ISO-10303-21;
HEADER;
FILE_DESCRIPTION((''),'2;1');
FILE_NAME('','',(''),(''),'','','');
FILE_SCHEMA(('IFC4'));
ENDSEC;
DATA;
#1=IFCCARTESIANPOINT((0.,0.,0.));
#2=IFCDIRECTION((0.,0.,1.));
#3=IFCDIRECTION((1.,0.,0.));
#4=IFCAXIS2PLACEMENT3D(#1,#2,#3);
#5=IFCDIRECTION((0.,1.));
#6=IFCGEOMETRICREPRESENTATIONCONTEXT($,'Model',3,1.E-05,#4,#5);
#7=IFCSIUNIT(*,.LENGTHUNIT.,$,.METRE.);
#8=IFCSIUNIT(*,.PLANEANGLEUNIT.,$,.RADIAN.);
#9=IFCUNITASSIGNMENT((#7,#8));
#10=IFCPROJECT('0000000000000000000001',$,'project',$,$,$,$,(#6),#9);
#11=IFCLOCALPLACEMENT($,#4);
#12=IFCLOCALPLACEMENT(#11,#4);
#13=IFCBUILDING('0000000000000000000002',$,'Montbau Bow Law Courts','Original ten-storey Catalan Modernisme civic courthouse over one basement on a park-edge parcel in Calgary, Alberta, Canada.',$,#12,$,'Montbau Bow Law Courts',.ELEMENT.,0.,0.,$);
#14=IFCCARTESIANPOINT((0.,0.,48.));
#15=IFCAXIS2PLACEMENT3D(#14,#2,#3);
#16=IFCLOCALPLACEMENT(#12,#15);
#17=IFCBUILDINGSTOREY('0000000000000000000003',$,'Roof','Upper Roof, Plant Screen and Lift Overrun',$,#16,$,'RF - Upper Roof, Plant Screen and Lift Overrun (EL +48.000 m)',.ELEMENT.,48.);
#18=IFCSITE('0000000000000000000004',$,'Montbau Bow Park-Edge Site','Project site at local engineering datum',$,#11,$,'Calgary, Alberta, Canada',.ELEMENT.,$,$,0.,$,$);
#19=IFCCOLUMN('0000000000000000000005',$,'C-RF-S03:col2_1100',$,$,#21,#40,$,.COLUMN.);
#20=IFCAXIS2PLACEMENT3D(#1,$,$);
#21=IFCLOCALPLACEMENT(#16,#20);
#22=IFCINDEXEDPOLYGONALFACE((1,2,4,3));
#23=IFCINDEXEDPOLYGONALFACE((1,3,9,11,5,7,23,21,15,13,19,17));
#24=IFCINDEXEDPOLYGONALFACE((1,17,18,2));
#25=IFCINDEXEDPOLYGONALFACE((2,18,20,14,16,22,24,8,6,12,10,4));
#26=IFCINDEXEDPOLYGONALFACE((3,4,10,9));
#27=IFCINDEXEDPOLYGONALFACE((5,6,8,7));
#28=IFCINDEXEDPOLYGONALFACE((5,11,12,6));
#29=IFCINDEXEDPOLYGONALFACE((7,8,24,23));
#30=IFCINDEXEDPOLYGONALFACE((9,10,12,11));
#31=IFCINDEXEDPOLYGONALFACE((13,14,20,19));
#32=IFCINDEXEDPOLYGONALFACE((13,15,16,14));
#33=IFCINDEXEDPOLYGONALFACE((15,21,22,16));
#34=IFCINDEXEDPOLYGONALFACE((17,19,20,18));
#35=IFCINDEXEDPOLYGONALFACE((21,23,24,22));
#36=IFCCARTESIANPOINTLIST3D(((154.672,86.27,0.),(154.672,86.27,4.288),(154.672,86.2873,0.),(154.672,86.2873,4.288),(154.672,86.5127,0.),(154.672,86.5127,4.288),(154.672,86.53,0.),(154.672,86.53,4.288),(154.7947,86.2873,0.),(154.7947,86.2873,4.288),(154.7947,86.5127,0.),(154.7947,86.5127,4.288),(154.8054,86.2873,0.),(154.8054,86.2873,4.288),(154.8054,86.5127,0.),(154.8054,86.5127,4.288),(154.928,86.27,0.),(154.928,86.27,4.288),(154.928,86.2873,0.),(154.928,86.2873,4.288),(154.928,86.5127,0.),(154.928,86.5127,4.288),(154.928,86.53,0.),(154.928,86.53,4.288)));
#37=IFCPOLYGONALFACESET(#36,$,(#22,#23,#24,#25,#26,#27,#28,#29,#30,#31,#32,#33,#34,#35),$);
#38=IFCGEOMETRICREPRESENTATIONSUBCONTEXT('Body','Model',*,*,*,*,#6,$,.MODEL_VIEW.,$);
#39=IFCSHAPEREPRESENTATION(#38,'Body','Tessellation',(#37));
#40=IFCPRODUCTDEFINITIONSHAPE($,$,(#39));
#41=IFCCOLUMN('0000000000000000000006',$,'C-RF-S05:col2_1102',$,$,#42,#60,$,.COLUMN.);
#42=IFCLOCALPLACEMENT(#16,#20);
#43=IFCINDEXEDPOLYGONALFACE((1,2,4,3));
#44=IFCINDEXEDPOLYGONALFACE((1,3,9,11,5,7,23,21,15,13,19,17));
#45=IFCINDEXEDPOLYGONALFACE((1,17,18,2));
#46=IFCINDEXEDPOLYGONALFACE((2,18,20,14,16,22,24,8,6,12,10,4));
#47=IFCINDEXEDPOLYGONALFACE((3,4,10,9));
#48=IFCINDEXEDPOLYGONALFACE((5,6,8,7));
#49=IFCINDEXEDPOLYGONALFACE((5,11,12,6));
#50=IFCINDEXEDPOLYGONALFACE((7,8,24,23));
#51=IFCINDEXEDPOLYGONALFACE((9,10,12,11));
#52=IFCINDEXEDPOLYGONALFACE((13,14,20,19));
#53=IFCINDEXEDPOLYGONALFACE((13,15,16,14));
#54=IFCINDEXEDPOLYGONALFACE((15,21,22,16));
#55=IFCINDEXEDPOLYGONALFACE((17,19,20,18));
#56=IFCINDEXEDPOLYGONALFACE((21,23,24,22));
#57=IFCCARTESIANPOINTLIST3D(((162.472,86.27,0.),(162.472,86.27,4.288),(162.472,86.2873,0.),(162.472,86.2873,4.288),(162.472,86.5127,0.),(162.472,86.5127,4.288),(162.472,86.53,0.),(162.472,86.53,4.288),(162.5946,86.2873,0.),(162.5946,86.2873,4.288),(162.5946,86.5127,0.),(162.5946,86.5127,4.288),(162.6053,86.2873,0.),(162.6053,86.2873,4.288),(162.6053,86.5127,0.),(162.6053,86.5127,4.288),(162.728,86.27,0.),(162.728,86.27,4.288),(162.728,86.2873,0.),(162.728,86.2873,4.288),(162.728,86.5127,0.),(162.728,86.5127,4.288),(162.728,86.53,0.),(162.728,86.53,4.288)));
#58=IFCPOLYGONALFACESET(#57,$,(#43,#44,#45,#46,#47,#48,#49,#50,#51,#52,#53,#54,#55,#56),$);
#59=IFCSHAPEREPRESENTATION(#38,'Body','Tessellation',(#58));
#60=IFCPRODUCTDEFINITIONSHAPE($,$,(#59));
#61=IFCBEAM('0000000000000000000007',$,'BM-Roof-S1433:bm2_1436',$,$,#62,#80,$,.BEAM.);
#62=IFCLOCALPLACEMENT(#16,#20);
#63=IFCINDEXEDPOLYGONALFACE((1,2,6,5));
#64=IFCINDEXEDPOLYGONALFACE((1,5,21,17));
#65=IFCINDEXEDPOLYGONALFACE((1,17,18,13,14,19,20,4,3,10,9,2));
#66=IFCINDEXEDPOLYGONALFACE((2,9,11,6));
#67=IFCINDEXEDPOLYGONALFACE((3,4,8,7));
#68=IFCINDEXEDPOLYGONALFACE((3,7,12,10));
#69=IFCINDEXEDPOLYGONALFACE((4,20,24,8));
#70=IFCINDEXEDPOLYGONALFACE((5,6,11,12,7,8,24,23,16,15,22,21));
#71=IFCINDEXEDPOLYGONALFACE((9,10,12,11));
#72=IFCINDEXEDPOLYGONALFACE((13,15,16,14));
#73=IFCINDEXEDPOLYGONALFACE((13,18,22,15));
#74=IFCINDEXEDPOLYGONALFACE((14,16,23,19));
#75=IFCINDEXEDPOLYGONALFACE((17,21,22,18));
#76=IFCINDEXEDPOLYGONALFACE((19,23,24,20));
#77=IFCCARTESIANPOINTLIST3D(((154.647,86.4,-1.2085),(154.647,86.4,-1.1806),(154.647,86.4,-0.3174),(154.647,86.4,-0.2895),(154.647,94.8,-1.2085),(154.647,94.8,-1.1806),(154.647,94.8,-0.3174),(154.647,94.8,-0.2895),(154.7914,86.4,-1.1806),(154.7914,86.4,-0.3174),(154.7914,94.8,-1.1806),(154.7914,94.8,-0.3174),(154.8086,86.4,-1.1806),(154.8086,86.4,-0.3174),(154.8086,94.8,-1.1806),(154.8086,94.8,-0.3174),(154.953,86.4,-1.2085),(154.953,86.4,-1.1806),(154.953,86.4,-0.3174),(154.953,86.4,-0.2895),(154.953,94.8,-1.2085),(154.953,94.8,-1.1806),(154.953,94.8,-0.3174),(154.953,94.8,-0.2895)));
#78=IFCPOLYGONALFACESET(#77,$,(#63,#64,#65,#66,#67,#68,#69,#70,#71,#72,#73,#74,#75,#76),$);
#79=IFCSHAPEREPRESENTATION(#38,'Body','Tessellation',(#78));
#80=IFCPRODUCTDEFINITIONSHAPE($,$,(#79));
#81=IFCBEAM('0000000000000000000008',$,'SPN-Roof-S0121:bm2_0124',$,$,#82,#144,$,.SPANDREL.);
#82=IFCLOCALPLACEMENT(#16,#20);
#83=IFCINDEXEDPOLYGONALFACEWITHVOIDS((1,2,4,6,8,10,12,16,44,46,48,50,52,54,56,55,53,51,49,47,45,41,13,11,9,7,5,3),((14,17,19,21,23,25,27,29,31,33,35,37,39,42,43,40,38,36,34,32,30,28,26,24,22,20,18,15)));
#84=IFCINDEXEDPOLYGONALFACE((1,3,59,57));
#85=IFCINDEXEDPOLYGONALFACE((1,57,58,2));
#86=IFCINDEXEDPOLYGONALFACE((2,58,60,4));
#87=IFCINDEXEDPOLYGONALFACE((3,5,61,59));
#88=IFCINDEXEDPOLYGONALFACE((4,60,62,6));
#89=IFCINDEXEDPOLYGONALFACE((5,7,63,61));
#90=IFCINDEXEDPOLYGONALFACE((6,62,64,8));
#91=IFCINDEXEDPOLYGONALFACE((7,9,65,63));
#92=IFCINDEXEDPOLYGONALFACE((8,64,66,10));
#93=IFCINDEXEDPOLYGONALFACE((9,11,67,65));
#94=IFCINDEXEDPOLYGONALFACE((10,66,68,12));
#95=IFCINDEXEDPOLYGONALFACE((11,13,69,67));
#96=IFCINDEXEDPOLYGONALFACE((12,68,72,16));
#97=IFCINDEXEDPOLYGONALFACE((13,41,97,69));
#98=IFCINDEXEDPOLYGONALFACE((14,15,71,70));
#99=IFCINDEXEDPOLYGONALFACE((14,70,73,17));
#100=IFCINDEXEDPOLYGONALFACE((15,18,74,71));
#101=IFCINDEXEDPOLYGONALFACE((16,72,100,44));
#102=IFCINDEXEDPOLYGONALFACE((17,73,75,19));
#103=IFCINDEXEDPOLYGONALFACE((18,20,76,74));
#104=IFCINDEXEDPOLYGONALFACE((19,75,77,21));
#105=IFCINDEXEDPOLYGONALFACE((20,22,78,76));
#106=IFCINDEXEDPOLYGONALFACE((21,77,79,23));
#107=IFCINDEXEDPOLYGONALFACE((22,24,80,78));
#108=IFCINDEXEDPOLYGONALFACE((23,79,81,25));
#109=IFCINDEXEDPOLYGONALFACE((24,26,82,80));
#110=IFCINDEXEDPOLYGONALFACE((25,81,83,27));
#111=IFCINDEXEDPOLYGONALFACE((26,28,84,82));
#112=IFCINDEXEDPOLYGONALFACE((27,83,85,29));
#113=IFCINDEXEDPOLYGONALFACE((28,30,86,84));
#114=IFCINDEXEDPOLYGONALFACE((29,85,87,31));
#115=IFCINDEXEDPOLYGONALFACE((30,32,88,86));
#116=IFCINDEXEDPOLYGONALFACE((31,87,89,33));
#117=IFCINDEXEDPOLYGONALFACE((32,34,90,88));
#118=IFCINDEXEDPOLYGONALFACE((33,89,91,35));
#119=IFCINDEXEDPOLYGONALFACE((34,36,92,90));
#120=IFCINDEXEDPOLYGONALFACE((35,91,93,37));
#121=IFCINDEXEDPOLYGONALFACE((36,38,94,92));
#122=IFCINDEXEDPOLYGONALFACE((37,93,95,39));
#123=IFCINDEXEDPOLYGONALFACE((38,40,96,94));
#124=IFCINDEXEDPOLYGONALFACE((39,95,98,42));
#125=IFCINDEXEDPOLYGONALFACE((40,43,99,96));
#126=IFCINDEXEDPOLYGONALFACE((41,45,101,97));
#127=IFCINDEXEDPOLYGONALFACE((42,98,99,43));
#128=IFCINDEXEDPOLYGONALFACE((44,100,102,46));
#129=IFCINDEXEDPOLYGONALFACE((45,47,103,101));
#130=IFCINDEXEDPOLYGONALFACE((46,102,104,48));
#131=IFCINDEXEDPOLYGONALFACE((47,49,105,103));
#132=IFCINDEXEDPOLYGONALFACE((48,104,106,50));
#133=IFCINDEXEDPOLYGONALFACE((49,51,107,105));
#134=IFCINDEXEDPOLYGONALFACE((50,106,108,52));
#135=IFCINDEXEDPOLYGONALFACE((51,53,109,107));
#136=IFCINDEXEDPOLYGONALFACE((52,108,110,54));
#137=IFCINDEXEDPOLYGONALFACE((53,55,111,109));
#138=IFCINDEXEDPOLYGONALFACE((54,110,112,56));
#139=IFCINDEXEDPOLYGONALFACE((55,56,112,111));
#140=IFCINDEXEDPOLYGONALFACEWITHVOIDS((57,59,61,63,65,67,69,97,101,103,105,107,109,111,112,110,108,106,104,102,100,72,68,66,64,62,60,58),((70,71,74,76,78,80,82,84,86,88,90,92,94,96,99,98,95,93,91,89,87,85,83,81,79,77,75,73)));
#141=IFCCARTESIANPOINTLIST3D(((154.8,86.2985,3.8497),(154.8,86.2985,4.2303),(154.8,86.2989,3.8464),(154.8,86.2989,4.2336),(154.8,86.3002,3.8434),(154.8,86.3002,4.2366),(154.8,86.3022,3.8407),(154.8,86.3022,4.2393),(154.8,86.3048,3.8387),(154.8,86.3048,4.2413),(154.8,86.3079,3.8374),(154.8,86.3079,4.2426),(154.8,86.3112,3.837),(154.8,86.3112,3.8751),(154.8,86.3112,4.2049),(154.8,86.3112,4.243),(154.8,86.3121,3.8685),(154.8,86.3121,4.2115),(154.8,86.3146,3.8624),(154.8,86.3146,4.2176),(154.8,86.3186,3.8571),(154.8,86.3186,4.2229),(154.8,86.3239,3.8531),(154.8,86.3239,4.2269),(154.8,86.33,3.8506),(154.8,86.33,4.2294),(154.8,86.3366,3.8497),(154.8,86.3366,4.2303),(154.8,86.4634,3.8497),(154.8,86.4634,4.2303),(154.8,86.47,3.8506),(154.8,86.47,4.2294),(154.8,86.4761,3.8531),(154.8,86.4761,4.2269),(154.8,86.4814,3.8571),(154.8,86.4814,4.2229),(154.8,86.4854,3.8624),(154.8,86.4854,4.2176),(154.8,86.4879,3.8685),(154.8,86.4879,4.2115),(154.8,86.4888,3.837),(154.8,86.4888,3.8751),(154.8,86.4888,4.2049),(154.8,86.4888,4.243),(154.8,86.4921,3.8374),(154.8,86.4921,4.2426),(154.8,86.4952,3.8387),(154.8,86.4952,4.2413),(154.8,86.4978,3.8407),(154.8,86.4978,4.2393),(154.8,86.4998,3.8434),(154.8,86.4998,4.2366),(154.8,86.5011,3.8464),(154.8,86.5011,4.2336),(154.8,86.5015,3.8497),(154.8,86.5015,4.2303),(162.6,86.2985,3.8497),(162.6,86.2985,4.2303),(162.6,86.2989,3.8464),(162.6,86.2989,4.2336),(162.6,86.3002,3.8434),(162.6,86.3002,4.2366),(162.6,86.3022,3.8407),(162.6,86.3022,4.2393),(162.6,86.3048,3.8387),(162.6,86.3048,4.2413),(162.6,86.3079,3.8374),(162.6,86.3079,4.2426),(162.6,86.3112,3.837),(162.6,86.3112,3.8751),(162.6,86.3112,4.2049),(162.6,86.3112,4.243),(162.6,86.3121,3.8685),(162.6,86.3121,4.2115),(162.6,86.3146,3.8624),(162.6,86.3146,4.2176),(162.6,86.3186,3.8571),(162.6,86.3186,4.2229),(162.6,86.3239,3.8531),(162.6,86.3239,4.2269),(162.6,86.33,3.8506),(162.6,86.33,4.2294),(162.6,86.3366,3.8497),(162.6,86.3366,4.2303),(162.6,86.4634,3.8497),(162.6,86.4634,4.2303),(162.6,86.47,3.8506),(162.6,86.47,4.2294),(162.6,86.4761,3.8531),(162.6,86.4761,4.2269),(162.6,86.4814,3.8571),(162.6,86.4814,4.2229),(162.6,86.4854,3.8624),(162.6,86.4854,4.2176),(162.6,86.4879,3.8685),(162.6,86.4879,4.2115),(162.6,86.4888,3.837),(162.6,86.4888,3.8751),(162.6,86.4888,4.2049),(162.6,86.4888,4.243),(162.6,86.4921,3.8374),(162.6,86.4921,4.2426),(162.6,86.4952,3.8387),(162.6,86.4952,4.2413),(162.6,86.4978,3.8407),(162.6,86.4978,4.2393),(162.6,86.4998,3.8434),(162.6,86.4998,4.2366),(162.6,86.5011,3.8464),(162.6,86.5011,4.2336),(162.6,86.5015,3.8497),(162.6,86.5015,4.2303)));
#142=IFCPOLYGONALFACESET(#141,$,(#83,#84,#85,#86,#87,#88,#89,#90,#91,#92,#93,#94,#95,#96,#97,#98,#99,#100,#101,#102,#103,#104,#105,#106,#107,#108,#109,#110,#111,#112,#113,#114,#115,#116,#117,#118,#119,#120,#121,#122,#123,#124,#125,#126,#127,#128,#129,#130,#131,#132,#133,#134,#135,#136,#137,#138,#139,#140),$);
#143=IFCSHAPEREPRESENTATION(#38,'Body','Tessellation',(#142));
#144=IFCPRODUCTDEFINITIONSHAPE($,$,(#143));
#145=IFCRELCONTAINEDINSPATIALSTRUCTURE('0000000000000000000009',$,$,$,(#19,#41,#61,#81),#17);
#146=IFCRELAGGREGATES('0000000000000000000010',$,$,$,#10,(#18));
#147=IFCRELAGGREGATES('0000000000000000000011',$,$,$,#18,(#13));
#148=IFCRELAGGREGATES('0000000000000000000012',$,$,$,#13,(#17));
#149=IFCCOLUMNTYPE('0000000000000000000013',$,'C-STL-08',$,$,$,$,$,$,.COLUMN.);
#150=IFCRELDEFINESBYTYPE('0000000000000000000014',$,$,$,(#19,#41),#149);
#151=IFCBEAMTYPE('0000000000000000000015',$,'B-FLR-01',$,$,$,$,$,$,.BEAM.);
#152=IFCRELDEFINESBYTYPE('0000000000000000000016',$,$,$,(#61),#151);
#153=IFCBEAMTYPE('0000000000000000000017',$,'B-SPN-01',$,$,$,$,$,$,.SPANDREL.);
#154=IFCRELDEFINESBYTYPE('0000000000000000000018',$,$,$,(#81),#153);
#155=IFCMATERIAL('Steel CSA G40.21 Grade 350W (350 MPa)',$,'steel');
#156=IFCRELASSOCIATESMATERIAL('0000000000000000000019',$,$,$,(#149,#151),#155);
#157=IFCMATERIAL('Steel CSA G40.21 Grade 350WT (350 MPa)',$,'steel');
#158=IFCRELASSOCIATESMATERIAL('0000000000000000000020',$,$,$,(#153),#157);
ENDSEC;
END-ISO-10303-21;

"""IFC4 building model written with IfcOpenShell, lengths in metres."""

from ifc_helpers import new_model, si_unit, direction, frame, origin_with_axes, origin_2d_with_axis, place, context, subcontext, project, spatial, hollow_rectangle, i_section, extrude, material, material_profile, profile_set, type_object, element, save


model = new_model("IFC4")

# Units and contexts
model_context = context("Model", 3, precision=1e-05, world=origin_with_axes(), true_north=direction((0.0, 1.0)))
body_context = subcontext(model_context, "Body", "Model", "MODEL_VIEW")
ifc_project = project(units=[si_unit("LENGTHUNIT", "METRE"), si_unit("PLANEANGLEUNIT", "RADIAN")], contexts=[model_context])

# Site, building, storey
site_placement = place(None, origin_with_axes())
site = spatial("IfcSite", under=ifc_project, at=site_placement, Name="Montbau Bow Park-Edge Site", Description="Project site at local engineering datum", LongName="Calgary, Alberta, Canada", CompositionType="ELEMENT", RefElevation=0.0)
building_placement = place(site_placement, origin_with_axes())
building = spatial("IfcBuilding", under=site, at=building_placement, Name="Montbau Bow Law Courts", Description="Original ten-storey Catalan Modernisme civic courthouse over one basement on a park-edge parcel in Calgary, Alberta, Canada.", LongName="Montbau Bow Law Courts", CompositionType="ELEMENT", ElevationOfRefHeight=0.0, ElevationOfTerrain=0.0)
storey_placement = place(building_placement, frame((0.0, 0.0, 48.0), z_axis=(0.0, 0.0, 1.0), x_axis=(1.0, 0.0, 0.0)))
storey = spatial("IfcBuildingStorey", under=building, at=storey_placement, Name="Roof", Description="Upper Roof, Plant Screen and Lift Overrun", LongName="RF - Upper Roof, Plant Screen and Lift Overrun (EL +48.000 m)", CompositionType="ELEMENT", Elevation=48.0)

# Columns
ifc_material_1 = material(Name="Steel CSA G40.21 Grade 350W (350 MPa)", Category="steel")
ifc_material_profile_1 = material_profile(ifc_material_1, i_section(OverallWidth=0.256, OverallDepth=0.26, WebThickness=0.0107, FlangeThickness=0.0173, at=origin_2d_with_axis()), Name="W250X89", Category="Main", Priority=0)
ifc_profile_set_1 = profile_set([ifc_material_profile_1], Name="Steel CSA G40.21 Grade 350W (350 MPa)")
column_type = type_object("IfcColumnType", Name="C-STL-08", PredefinedType="COLUMN", material=ifc_profile_set_1)
for number, where, z_axis, x_axis, name in (
    (1, (154.8, 86.4, 48.0), (0.0, 0.0, 1.0), (1.0, 0.0, 0.0), "C-RF-S03:col2_1100"),
    (2, (162.6, 86.4, 48.0), (0.0, 0.0, 1.0), (1.0, 0.0, 0.0), "C-RF-S05:col2_1102"),
):
    element("IfcColumn", number, at=place(None, frame(where, z_axis=z_axis, x_axis=x_axis)), inside=storey, type_object=column_type, Name=name, PredefinedType="COLUMN", context=body_context, shape_type="SweptSolid", body=[
        extrude(i_section(OverallWidth=0.256, OverallDepth=0.26, WebThickness=0.0107, FlangeThickness=0.0173, at=origin_2d_with_axis()), origin_with_axes(), (0.0, 0.0, 1.0), 4.288),
    ])

# Beams
ifc_material_profile_2 = material_profile(ifc_material_1, i_section(OverallWidth=0.306, OverallDepth=0.919, WebThickness=0.0173, FlangeThickness=0.0279, at=origin_2d_with_axis()), Name="W920X253", Category="Main", Priority=0)
ifc_profile_set_2 = profile_set([ifc_material_profile_2], Name="Steel CSA G40.21 Grade 350W (350 MPa)")
beam_type_1 = type_object("IfcBeamType", Name="B-FLR-01", PredefinedType="BEAM", material=ifc_profile_set_2)
beam_1_placement = place(None, frame((154.8, 86.4, 47.251), z_axis=(0.0, 1.0, 0.0), x_axis=(-1.0, 0.0, 0.0)))
element("IfcBeam", 3, at=beam_1_placement, inside=storey, type_object=beam_type_1, Name="BM-Roof-S1433:bm2_1436", PredefinedType="BEAM", context=body_context, shape_type="SweptSolid", body=[
    extrude(i_section(OverallWidth=0.306, OverallDepth=0.919, WebThickness=0.0173, FlangeThickness=0.0279, at=origin_2d_with_axis()), origin_with_axes(), (0.0, 0.0, 1.0), 8.4),
])
ifc_material_2 = material(Name="Steel CSA G40.21 Grade 350WT (350 MPa)", Category="steel")
ifc_material_profile_3 = material_profile(ifc_material_2, hollow_rectangle(XDim=0.203, YDim=0.406, WallThickness=0.0127, InnerFilletRadius=0.0254, OuterFilletRadius=0.0127, at=origin_2d_with_axis()), Name="HSS406X203X13", Category="Main", Priority=0)
ifc_profile_set_3 = profile_set([ifc_material_profile_3], Name="Steel CSA G40.21 Grade 350WT (350 MPa)")
beam_type_2 = type_object("IfcBeamType", Name="B-SPN-01", PredefinedType="SPANDREL", material=ifc_profile_set_3)
beam_2_placement = place(None, frame((154.8, 86.4, 52.04), z_axis=(1.0, 0.0, 0.0), x_axis=(0.0, 1.0, 0.0)))
element("IfcBeam", 4, at=beam_2_placement, inside=storey, type_object=beam_type_2, Name="SPN-Roof-S0121:bm2_0124", PredefinedType="SPANDREL", context=body_context, shape_type="SweptSolid", body=[
    extrude(hollow_rectangle(XDim=0.203, YDim=0.406, WallThickness=0.0127, InnerFilletRadius=0.0254, OuterFilletRadius=0.0127, at=origin_2d_with_axis()), origin_with_axes(), (0.0, 0.0, 1.0), 7.8),
])

save(model, "model.ifc")
